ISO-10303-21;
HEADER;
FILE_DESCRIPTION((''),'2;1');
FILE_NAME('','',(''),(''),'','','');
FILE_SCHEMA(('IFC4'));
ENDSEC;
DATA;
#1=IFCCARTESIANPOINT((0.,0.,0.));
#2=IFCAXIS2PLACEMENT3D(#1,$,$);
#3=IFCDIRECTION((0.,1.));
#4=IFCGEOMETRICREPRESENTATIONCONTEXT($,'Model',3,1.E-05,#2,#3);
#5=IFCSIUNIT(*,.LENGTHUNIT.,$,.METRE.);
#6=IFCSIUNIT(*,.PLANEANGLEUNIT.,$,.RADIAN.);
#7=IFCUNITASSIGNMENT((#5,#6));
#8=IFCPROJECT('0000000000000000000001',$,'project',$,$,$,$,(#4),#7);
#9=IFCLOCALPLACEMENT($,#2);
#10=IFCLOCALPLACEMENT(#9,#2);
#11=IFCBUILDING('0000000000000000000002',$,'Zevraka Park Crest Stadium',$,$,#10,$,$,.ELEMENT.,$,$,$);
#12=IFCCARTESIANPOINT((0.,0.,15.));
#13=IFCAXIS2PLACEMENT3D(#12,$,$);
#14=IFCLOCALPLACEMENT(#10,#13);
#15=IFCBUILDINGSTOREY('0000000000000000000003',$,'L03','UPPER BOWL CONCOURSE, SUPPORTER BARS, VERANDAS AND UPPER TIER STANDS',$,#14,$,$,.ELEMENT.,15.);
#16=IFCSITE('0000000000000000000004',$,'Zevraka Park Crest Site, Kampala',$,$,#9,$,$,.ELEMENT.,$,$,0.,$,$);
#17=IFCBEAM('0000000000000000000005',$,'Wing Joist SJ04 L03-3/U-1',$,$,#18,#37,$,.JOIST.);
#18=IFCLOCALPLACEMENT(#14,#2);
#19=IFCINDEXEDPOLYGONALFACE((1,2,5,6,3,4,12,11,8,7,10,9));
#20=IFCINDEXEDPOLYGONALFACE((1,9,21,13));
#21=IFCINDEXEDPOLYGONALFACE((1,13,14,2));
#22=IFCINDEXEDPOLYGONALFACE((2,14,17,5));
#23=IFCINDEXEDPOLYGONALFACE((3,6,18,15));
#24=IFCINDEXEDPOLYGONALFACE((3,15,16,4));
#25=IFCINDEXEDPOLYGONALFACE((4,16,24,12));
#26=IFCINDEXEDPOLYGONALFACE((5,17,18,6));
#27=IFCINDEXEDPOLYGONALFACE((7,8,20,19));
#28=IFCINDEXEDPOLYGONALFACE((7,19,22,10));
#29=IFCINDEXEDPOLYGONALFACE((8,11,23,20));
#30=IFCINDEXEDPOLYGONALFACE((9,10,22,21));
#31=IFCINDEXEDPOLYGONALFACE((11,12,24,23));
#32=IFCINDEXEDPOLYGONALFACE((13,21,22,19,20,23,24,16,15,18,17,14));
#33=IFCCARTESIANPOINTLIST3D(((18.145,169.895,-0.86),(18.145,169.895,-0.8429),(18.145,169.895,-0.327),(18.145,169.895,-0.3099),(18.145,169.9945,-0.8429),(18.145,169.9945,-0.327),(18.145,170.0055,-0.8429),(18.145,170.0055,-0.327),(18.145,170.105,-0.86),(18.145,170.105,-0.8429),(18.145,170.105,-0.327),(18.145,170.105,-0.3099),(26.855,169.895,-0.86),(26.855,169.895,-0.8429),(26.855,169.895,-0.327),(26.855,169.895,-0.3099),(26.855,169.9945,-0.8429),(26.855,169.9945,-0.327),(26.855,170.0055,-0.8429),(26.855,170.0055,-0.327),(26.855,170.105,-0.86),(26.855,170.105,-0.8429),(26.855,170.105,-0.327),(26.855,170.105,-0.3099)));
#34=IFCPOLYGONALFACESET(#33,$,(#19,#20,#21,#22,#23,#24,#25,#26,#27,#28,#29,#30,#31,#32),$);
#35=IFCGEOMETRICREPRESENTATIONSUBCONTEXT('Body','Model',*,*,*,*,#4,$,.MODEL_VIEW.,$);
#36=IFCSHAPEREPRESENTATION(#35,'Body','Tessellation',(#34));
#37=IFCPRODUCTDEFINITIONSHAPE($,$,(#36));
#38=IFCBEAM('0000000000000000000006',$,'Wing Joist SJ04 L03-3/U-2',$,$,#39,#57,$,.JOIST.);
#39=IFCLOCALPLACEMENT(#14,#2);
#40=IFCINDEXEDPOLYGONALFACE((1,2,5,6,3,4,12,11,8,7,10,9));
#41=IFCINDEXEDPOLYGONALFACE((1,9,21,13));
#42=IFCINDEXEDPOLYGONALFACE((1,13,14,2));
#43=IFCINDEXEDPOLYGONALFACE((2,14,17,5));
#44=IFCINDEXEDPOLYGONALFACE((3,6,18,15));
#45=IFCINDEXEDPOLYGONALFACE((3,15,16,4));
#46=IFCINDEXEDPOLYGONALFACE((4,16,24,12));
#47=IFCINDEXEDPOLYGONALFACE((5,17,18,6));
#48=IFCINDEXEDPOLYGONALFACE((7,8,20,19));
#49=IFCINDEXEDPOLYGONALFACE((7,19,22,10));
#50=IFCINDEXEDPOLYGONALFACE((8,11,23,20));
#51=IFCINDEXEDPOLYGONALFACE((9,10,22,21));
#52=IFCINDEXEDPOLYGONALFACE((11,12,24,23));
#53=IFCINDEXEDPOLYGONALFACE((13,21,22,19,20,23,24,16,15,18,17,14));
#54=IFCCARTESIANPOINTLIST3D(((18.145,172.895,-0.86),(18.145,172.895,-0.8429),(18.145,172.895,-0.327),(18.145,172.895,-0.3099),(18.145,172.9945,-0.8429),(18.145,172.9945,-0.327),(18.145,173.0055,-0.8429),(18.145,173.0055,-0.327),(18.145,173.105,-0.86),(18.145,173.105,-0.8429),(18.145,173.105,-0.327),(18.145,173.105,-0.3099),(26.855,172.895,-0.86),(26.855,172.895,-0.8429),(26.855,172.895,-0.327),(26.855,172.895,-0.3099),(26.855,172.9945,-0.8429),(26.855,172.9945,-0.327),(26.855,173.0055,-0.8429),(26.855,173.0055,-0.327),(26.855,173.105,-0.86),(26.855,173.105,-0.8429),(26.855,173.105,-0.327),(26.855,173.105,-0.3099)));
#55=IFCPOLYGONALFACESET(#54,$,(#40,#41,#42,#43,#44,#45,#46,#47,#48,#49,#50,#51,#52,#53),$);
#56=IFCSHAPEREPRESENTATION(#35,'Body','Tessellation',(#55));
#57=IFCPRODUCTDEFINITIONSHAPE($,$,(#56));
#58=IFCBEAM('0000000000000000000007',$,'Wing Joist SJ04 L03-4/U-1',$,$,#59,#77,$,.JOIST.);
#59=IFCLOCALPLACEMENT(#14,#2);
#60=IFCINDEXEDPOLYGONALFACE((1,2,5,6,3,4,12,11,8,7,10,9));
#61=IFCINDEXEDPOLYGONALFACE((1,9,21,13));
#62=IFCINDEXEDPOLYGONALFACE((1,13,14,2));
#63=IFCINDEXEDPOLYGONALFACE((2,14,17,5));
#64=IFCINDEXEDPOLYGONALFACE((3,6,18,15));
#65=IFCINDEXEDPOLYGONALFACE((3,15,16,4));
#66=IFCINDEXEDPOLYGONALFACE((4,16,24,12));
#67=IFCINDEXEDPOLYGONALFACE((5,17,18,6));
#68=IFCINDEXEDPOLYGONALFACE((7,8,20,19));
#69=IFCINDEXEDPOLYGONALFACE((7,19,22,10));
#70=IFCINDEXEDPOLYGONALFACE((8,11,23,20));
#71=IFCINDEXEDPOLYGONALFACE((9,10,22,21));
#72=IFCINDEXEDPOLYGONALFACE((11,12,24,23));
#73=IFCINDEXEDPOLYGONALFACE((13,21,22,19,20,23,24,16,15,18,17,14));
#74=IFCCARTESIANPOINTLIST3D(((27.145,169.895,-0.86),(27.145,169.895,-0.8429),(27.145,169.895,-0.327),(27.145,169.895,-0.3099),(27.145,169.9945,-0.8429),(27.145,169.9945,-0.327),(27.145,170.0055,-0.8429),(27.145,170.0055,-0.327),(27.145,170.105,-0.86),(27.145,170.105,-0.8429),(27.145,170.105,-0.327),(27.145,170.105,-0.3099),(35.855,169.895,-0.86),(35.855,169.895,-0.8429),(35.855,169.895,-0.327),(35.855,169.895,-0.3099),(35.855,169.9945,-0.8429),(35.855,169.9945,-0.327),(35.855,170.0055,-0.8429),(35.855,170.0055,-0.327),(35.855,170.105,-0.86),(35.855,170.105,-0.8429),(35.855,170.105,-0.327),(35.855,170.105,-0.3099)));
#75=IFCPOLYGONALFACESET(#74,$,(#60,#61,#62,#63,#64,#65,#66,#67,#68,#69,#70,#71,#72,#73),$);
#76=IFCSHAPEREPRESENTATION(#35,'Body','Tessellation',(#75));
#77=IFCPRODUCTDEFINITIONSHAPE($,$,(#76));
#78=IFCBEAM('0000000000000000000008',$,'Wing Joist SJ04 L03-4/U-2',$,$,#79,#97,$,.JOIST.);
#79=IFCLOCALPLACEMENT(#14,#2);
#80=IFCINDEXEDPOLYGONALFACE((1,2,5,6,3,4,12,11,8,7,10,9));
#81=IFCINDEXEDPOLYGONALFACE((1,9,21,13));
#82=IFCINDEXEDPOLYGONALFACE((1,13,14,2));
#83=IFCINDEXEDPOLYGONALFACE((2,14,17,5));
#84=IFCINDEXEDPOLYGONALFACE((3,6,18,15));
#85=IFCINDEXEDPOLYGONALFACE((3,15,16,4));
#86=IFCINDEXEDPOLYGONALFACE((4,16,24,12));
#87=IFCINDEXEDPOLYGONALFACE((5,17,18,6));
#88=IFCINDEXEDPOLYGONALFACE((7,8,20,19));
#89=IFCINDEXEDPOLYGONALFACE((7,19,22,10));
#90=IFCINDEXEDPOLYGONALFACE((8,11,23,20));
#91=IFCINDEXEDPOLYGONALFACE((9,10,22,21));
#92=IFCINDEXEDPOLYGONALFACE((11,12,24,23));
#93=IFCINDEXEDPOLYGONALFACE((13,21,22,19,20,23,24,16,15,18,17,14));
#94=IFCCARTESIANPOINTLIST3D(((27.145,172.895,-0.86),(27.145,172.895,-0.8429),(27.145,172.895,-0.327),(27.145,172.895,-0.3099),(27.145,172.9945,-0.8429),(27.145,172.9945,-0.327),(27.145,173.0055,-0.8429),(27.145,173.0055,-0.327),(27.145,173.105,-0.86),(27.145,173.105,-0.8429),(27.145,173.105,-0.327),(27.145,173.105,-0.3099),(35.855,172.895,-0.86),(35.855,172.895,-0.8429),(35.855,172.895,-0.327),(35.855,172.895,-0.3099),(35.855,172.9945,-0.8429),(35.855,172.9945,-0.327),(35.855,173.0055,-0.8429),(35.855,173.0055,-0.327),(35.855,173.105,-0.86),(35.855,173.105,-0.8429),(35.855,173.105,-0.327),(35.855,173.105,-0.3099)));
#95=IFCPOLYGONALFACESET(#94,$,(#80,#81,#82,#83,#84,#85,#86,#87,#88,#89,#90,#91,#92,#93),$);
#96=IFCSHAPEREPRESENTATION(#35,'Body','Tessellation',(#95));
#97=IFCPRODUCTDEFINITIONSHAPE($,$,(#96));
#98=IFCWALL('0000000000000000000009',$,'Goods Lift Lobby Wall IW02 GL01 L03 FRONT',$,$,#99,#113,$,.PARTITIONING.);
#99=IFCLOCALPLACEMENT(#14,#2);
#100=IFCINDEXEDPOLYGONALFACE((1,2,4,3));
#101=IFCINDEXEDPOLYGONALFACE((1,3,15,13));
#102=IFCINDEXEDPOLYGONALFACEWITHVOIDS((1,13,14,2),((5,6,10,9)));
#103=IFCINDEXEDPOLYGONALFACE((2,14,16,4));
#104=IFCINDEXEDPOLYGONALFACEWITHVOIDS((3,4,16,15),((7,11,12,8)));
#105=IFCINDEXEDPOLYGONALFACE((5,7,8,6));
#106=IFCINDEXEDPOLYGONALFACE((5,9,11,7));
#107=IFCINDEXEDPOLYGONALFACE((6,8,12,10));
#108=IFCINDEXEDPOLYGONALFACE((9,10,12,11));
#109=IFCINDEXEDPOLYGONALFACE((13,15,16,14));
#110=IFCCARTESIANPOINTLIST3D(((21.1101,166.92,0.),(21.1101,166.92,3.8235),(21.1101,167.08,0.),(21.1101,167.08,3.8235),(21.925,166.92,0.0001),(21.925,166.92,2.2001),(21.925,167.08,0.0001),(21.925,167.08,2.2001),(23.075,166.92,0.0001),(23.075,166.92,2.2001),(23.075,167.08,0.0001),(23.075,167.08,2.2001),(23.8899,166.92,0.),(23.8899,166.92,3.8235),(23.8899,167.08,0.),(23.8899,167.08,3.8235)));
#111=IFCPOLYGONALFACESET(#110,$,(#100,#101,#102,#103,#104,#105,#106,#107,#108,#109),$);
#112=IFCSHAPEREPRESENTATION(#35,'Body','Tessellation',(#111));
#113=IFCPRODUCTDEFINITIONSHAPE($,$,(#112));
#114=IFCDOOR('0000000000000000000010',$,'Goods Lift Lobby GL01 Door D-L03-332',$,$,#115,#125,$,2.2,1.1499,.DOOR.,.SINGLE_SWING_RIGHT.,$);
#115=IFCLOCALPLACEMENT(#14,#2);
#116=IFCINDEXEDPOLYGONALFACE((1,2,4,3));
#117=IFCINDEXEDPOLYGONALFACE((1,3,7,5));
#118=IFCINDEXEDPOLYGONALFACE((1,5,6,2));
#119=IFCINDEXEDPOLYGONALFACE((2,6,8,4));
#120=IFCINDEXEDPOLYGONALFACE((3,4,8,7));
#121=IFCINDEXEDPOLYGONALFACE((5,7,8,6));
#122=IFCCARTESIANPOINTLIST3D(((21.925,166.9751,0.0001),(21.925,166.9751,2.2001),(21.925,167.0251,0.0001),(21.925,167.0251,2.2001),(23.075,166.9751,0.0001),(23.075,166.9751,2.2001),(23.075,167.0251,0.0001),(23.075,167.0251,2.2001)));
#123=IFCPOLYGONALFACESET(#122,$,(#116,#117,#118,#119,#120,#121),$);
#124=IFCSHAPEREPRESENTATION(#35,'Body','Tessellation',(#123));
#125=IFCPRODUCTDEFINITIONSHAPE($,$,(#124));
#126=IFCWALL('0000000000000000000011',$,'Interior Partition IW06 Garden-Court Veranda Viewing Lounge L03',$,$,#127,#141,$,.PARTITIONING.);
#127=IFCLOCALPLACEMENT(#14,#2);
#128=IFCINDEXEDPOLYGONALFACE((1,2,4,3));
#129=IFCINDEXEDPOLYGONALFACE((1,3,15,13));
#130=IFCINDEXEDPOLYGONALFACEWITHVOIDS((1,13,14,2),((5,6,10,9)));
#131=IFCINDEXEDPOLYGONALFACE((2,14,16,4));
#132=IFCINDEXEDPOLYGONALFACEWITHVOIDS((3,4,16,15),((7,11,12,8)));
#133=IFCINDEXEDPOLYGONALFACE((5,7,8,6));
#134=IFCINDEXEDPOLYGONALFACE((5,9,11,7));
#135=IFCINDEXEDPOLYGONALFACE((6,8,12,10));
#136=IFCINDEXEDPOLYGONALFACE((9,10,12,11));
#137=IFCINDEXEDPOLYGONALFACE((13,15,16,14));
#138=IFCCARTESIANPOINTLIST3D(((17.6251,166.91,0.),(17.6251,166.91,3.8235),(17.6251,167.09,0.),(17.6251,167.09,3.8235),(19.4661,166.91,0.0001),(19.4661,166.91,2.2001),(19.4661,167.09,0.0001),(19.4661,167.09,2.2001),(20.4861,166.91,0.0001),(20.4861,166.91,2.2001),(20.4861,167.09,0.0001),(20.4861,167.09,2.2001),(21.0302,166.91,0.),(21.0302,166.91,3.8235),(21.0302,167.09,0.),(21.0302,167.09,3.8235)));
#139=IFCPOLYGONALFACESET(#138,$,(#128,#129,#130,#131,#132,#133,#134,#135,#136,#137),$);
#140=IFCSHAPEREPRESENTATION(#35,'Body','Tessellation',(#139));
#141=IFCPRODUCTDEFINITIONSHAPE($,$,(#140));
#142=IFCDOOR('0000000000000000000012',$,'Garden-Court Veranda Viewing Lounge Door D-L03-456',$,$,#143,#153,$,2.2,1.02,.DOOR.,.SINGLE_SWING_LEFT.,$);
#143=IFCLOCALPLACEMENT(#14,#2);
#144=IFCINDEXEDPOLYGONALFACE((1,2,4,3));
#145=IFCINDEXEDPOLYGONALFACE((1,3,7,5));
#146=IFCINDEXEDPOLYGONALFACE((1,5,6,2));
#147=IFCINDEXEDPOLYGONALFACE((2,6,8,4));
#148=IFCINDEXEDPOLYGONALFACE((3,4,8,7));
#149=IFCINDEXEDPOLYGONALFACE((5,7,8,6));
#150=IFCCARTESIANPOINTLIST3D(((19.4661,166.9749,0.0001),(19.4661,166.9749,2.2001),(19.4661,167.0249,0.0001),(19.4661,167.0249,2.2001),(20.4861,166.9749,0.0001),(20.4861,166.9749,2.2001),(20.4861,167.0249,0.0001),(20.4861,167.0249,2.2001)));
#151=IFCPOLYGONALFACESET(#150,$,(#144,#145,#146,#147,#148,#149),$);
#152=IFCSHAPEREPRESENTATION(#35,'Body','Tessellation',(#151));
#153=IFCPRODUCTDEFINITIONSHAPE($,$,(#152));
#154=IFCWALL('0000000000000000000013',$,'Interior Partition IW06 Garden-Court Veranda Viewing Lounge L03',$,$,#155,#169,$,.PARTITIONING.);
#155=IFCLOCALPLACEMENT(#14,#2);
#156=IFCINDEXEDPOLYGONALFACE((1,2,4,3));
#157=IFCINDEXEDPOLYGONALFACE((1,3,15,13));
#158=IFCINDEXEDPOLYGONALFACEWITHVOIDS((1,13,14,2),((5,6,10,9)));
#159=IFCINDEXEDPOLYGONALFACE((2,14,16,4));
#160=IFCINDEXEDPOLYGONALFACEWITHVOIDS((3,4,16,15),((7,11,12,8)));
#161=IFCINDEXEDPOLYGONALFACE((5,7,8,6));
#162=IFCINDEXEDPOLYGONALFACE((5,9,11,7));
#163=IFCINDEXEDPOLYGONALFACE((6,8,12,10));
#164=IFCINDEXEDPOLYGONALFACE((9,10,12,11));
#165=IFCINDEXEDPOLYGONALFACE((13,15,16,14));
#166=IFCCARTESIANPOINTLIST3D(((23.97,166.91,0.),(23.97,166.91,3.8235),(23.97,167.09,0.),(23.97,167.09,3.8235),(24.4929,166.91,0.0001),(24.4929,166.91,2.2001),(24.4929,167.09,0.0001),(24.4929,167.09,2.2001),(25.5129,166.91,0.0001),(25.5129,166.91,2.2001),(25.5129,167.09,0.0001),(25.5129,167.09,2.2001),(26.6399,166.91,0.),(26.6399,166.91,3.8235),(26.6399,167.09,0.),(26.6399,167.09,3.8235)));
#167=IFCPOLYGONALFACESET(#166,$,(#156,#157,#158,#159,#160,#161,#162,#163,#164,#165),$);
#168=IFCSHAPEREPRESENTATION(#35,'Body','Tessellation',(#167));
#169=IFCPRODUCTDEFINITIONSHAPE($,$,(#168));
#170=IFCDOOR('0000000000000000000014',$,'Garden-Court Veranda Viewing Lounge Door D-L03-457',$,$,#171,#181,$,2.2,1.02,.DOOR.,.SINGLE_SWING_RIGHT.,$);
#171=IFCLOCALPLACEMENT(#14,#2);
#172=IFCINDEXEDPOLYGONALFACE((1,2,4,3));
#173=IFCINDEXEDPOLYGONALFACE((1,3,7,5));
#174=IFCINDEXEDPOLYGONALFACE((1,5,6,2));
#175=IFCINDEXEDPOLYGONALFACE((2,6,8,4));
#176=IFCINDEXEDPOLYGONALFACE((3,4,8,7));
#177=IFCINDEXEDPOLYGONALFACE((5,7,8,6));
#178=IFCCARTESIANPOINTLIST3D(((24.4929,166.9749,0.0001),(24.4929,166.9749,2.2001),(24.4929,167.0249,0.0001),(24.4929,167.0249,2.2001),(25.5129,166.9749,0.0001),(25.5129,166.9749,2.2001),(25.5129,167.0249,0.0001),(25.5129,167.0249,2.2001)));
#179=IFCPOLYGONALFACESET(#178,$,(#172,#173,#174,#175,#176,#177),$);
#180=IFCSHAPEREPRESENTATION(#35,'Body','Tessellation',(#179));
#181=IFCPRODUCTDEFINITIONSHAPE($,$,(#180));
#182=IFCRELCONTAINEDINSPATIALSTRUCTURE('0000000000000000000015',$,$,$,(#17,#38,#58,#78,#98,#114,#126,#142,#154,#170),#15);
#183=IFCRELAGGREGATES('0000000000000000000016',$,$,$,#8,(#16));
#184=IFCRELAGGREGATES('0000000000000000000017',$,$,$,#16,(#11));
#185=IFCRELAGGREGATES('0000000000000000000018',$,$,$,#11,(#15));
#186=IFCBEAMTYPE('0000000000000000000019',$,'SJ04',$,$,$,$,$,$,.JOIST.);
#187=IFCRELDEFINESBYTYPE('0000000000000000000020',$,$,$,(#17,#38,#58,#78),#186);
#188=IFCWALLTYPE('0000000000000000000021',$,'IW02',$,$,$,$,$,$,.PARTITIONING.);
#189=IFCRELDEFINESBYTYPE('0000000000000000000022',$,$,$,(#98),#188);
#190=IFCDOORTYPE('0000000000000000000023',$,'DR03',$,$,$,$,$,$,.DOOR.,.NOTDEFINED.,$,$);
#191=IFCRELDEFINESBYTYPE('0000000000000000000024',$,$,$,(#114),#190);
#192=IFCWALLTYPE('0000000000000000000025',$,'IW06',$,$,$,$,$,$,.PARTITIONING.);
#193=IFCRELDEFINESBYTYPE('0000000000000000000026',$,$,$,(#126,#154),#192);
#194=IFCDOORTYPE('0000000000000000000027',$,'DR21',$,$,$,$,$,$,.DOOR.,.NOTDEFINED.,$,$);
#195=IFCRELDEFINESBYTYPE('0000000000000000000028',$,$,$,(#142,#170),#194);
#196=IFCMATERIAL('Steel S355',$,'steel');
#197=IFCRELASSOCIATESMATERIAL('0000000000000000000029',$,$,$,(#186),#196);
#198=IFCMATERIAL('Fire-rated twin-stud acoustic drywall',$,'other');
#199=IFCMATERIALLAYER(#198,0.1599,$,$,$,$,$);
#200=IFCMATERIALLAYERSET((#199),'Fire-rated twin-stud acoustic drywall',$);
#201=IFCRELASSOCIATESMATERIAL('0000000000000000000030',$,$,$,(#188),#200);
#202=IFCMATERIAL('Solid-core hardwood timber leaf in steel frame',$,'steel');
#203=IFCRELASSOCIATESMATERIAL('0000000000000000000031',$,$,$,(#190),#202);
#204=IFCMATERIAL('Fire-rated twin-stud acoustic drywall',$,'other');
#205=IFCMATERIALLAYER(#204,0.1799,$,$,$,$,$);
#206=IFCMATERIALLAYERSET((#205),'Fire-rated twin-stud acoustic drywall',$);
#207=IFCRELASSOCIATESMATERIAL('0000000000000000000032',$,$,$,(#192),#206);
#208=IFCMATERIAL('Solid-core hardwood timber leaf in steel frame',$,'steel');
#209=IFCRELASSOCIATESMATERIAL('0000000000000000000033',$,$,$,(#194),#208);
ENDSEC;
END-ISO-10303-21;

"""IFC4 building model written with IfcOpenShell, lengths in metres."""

from ifc_helpers import new_model, si_unit, direction, frame, frame_2d, origin, origin_2d, place, context, subcontext, project, spatial, rectangle, i_section, extrude, material, layer, layer_set, material_profile, profile_set, type_object, element, fill, save


model = new_model("IFC4")

# Units and contexts
model_context = context("Model", 3, precision=1e-05, world=origin(), true_north=direction((0.0, 1.0)))
body_context = subcontext(model_context, "Body", "Model", "MODEL_VIEW")
ifc_project = project(units=[si_unit("LENGTHUNIT", "METRE"), si_unit("PLANEANGLEUNIT", "RADIAN")], contexts=[model_context])

# Site, building, storey
site_placement = place(None, origin())
site = spatial("IfcSite", under=ifc_project, at=site_placement, Name="Zevraka Park Crest Site, Kampala", CompositionType="ELEMENT", RefElevation=0.0)
building_placement = place(site_placement, origin())
building = spatial("IfcBuilding", under=site, at=building_placement, Name="Zevraka Park Crest Stadium", CompositionType="ELEMENT")
storey_placement = place(building_placement, frame((0.0, 0.0, 15.0)))
storey = spatial("IfcBuildingStorey", under=building, at=storey_placement, Name="L03", Description="UPPER BOWL CONCOURSE, SUPPORTER BARS, VERANDAS AND UPPER TIER STANDS", CompositionType="ELEMENT", Elevation=15.0)

# Beams
ifc_material_1 = material(Name="Steel S355", Category="steel")
ifc_material_profile_1 = material_profile(ifc_material_1, i_section(OverallWidth=0.21, OverallDepth=0.55, WebThickness=0.011, FlangeThickness=0.0171, at=origin_2d()), Name="IPE 550")
ifc_profile_set_1 = profile_set([ifc_material_profile_1], Name="Steel S355")
beam_type_1 = type_object("IfcBeamType", Name="SJ04", PredefinedType="JOIST", material=ifc_profile_set_1)
for number, where, z_axis, x_axis, name in (
    (1, (18.145, 170.0, -0.585), (1.0, 0.0, 0.0), (0.0, 1.0, 0.0), "Wing Joist SJ04 L03-3/U-1"),
    (2, (18.145, 173.0, -0.585), (1.0, 0.0, 0.0), (0.0, 1.0, 0.0), "Wing Joist SJ04 L03-3/U-2"),
    (3, (27.145, 170.0, -0.585), (1.0, 0.0, 0.0), (0.0, 1.0, 0.0), "Wing Joist SJ04 L03-4/U-1"),
    (4, (27.145, 173.0, -0.585), (1.0, 0.0, 0.0), (0.0, 1.0, 0.0), "Wing Joist SJ04 L03-4/U-2"),
):
    element("IfcBeam", number, at=place(storey_placement, frame(where, z_axis=z_axis, x_axis=x_axis)), inside=storey, type_object=beam_type_1, Name=name, PredefinedType="JOIST", context=body_context, shape_type="SweptSolid", body=[
        extrude(i_section(OverallWidth=0.21, OverallDepth=0.55, WebThickness=0.011, FlangeThickness=0.0171, at=origin_2d()), origin(), (0.0, 0.0, 1.0), 8.71),
    ])

# Walls, openings, doors
ifc_material_2 = material(Name="Fire-rated twin-stud acoustic drywall", Category="other")
ifc_layer_1 = layer(ifc_material_2, 0.1599)
ifc_layer_set_1 = layer_set([ifc_layer_1], Name="Fire-rated twin-stud acoustic drywall")
wall_type_1 = type_object("IfcWallType", Name="IW02", PredefinedType="PARTITIONING", material=ifc_layer_set_1)
wall_1_placement = place(storey_placement, frame((23.8899, 167.0, 0.0), z_axis=(0.0, 0.0, 1.0), x_axis=(-1.0, 0.0, 0.0)))
wall_1 = element("IfcWall", 5, at=wall_1_placement, inside=storey, type_object=wall_type_1, Name="Goods Lift Lobby Wall IW02 GL01 L03 FRONT", PredefinedType="PARTITIONING", context=body_context, shape_type="SweptSolid", body=[
    extrude(rectangle(XDim=2.7798, YDim=0.1599, at=frame_2d((1.3899, 0.0))), origin(), (0.0, 0.0, 1.0), 3.8235),
])
opening_1_placement = place(wall_1_placement, frame((0.8149, 0.0, 0.0)))
opening_1 = element("IfcOpeningElement", 6, at=opening_1_placement, cuts=wall_1, PredefinedType="OPENING", context=body_context, shape_type="SweptSolid", body=[
    extrude(rectangle(XDim=1.1499, YDim=2.2, at=frame_2d((0.575, 1.1001))), frame((0.0, 0.0898, 0.0), z_axis=(0.0, -1.0, 0.0), x_axis=(1.0, 0.0, 0.0)), (0.0, 0.0, 1.0), 0.1799),
])
ifc_material_3 = material(Name="Solid-core hardwood timber leaf in steel frame", Category="steel")
door_type_1 = type_object("IfcDoorType", Name="DR03", OperationType="NOTDEFINED", PredefinedType="DOOR", material=ifc_material_3)
door_1_placement = place(opening_1_placement, origin())
door_1 = element("IfcDoor", 7, at=door_1_placement, inside=storey, type_object=door_type_1, Name="Goods Lift Lobby GL01 Door D-L03-332", OperationType="SINGLE_SWING_RIGHT", OverallHeight=2.2, OverallWidth=1.1499, PredefinedType="DOOR", context=body_context, shape_type="SweptSolid", body=[
    extrude(rectangle(XDim=1.1499, YDim=2.2, at=frame_2d((0.575, 1.1001))), frame((0.0, 0.0249, 0.0), z_axis=(0.0, -1.0, 0.0), x_axis=(1.0, 0.0, 0.0)), (0.0, 0.0, 1.0), 0.05),
])
fill(opening_1, door_1)
ifc_material_4 = material(Name="Fire-rated twin-stud acoustic drywall", Category="other")
ifc_layer_2 = layer(ifc_material_4, 0.1799)
ifc_layer_set_2 = layer_set([ifc_layer_2], Name="Fire-rated twin-stud acoustic drywall")
wall_type_2 = type_object("IfcWallType", Name="IW06", PredefinedType="PARTITIONING", material=ifc_layer_set_2)
wall_2_placement = place(storey_placement, frame((17.625, 167.0, 0.0), z_axis=(0.0, 0.0, 1.0), x_axis=(1.0, 0.0, 0.0)))
wall_2 = element("IfcWall", 8, at=wall_2_placement, inside=storey, type_object=wall_type_2, Name="Interior Partition IW06 Garden-Court Veranda Viewing Lounge L03", PredefinedType="PARTITIONING", context=body_context, shape_type="SweptSolid", body=[
    extrude(rectangle(XDim=3.405, YDim=0.1799, at=frame_2d((1.7026, 0.0))), origin(), (0.0, 0.0, 1.0), 3.8235),
])
opening_2_placement = place(wall_2_placement, frame((1.8411, 0.0, 0.0)))
opening_2 = element("IfcOpeningElement", 9, at=opening_2_placement, cuts=wall_2, PredefinedType="OPENING", context=body_context, shape_type="SweptSolid", body=[
    extrude(rectangle(XDim=1.02, YDim=2.2, at=frame_2d((0.51, 1.1001))), frame((0.0, 0.0999, 0.0), z_axis=(0.0, -1.0, 0.0), x_axis=(1.0, 0.0, 0.0)), (0.0, 0.0, 1.0), 0.2),
])
ifc_material_5 = material(Name="Solid-core hardwood timber leaf in steel frame", Category="steel")
door_type_2 = type_object("IfcDoorType", Name="DR21", OperationType="NOTDEFINED", PredefinedType="DOOR", material=ifc_material_5)
door_2_placement = place(opening_2_placement, origin())
door_2 = element("IfcDoor", 10, at=door_2_placement, inside=storey, type_object=door_type_2, Name="Garden-Court Veranda Viewing Lounge Door D-L03-456", OperationType="SINGLE_SWING_LEFT", OverallHeight=2.2, OverallWidth=1.02, PredefinedType="DOOR", context=body_context, shape_type="SweptSolid", body=[
    extrude(rectangle(XDim=1.02, YDim=2.2, at=frame_2d((0.51, 1.1001))), frame((0.0, 0.0249, 0.0), z_axis=(0.0, -1.0, 0.0), x_axis=(1.0, 0.0, 0.0)), (0.0, 0.0, 1.0), 0.05),
])
fill(opening_2, door_2)
wall_3_placement = place(storey_placement, frame((23.97, 167.0, 0.0), z_axis=(0.0, 0.0, 1.0), x_axis=(1.0, 0.0, 0.0)))
wall_3 = element("IfcWall", 11, at=wall_3_placement, inside=storey, type_object=wall_type_2, Name="Interior Partition IW06 Garden-Court Veranda Viewing Lounge L03", PredefinedType="PARTITIONING", context=body_context, shape_type="SweptSolid", body=[
    extrude(rectangle(XDim=2.6699, YDim=0.1799, at=frame_2d((1.335, 0.0))), origin(), (0.0, 0.0, 1.0), 3.8235),
])
opening_3_placement = place(wall_3_placement, frame((0.5229, 0.0, 0.0)))
opening_3 = element("IfcOpeningElement", 12, at=opening_3_placement, cuts=wall_3, PredefinedType="OPENING", context=body_context, shape_type="SweptSolid", body=[
    extrude(rectangle(XDim=1.02, YDim=2.2, at=frame_2d((0.51, 1.1001))), frame((0.0, 0.0999, 0.0), z_axis=(0.0, -1.0, 0.0), x_axis=(1.0, 0.0, 0.0)), (0.0, 0.0, 1.0), 0.2),
])
door_3_placement = place(opening_3_placement, origin())
door_3 = element("IfcDoor", 13, at=door_3_placement, inside=storey, type_object=door_type_2, Name="Garden-Court Veranda Viewing Lounge Door D-L03-457", OperationType="SINGLE_SWING_RIGHT", OverallHeight=2.2, OverallWidth=1.02, PredefinedType="DOOR", context=body_context, shape_type="SweptSolid", body=[
    extrude(rectangle(XDim=1.02, YDim=2.2, at=frame_2d((0.51, 1.1001))), frame((0.0, 0.0249, 0.0), z_axis=(0.0, -1.0, 0.0), x_axis=(1.0, 0.0, 0.0)), (0.0, 0.0, 1.0), 0.05),
])
fill(opening_3, door_3)

save(model, "model.ifc")
